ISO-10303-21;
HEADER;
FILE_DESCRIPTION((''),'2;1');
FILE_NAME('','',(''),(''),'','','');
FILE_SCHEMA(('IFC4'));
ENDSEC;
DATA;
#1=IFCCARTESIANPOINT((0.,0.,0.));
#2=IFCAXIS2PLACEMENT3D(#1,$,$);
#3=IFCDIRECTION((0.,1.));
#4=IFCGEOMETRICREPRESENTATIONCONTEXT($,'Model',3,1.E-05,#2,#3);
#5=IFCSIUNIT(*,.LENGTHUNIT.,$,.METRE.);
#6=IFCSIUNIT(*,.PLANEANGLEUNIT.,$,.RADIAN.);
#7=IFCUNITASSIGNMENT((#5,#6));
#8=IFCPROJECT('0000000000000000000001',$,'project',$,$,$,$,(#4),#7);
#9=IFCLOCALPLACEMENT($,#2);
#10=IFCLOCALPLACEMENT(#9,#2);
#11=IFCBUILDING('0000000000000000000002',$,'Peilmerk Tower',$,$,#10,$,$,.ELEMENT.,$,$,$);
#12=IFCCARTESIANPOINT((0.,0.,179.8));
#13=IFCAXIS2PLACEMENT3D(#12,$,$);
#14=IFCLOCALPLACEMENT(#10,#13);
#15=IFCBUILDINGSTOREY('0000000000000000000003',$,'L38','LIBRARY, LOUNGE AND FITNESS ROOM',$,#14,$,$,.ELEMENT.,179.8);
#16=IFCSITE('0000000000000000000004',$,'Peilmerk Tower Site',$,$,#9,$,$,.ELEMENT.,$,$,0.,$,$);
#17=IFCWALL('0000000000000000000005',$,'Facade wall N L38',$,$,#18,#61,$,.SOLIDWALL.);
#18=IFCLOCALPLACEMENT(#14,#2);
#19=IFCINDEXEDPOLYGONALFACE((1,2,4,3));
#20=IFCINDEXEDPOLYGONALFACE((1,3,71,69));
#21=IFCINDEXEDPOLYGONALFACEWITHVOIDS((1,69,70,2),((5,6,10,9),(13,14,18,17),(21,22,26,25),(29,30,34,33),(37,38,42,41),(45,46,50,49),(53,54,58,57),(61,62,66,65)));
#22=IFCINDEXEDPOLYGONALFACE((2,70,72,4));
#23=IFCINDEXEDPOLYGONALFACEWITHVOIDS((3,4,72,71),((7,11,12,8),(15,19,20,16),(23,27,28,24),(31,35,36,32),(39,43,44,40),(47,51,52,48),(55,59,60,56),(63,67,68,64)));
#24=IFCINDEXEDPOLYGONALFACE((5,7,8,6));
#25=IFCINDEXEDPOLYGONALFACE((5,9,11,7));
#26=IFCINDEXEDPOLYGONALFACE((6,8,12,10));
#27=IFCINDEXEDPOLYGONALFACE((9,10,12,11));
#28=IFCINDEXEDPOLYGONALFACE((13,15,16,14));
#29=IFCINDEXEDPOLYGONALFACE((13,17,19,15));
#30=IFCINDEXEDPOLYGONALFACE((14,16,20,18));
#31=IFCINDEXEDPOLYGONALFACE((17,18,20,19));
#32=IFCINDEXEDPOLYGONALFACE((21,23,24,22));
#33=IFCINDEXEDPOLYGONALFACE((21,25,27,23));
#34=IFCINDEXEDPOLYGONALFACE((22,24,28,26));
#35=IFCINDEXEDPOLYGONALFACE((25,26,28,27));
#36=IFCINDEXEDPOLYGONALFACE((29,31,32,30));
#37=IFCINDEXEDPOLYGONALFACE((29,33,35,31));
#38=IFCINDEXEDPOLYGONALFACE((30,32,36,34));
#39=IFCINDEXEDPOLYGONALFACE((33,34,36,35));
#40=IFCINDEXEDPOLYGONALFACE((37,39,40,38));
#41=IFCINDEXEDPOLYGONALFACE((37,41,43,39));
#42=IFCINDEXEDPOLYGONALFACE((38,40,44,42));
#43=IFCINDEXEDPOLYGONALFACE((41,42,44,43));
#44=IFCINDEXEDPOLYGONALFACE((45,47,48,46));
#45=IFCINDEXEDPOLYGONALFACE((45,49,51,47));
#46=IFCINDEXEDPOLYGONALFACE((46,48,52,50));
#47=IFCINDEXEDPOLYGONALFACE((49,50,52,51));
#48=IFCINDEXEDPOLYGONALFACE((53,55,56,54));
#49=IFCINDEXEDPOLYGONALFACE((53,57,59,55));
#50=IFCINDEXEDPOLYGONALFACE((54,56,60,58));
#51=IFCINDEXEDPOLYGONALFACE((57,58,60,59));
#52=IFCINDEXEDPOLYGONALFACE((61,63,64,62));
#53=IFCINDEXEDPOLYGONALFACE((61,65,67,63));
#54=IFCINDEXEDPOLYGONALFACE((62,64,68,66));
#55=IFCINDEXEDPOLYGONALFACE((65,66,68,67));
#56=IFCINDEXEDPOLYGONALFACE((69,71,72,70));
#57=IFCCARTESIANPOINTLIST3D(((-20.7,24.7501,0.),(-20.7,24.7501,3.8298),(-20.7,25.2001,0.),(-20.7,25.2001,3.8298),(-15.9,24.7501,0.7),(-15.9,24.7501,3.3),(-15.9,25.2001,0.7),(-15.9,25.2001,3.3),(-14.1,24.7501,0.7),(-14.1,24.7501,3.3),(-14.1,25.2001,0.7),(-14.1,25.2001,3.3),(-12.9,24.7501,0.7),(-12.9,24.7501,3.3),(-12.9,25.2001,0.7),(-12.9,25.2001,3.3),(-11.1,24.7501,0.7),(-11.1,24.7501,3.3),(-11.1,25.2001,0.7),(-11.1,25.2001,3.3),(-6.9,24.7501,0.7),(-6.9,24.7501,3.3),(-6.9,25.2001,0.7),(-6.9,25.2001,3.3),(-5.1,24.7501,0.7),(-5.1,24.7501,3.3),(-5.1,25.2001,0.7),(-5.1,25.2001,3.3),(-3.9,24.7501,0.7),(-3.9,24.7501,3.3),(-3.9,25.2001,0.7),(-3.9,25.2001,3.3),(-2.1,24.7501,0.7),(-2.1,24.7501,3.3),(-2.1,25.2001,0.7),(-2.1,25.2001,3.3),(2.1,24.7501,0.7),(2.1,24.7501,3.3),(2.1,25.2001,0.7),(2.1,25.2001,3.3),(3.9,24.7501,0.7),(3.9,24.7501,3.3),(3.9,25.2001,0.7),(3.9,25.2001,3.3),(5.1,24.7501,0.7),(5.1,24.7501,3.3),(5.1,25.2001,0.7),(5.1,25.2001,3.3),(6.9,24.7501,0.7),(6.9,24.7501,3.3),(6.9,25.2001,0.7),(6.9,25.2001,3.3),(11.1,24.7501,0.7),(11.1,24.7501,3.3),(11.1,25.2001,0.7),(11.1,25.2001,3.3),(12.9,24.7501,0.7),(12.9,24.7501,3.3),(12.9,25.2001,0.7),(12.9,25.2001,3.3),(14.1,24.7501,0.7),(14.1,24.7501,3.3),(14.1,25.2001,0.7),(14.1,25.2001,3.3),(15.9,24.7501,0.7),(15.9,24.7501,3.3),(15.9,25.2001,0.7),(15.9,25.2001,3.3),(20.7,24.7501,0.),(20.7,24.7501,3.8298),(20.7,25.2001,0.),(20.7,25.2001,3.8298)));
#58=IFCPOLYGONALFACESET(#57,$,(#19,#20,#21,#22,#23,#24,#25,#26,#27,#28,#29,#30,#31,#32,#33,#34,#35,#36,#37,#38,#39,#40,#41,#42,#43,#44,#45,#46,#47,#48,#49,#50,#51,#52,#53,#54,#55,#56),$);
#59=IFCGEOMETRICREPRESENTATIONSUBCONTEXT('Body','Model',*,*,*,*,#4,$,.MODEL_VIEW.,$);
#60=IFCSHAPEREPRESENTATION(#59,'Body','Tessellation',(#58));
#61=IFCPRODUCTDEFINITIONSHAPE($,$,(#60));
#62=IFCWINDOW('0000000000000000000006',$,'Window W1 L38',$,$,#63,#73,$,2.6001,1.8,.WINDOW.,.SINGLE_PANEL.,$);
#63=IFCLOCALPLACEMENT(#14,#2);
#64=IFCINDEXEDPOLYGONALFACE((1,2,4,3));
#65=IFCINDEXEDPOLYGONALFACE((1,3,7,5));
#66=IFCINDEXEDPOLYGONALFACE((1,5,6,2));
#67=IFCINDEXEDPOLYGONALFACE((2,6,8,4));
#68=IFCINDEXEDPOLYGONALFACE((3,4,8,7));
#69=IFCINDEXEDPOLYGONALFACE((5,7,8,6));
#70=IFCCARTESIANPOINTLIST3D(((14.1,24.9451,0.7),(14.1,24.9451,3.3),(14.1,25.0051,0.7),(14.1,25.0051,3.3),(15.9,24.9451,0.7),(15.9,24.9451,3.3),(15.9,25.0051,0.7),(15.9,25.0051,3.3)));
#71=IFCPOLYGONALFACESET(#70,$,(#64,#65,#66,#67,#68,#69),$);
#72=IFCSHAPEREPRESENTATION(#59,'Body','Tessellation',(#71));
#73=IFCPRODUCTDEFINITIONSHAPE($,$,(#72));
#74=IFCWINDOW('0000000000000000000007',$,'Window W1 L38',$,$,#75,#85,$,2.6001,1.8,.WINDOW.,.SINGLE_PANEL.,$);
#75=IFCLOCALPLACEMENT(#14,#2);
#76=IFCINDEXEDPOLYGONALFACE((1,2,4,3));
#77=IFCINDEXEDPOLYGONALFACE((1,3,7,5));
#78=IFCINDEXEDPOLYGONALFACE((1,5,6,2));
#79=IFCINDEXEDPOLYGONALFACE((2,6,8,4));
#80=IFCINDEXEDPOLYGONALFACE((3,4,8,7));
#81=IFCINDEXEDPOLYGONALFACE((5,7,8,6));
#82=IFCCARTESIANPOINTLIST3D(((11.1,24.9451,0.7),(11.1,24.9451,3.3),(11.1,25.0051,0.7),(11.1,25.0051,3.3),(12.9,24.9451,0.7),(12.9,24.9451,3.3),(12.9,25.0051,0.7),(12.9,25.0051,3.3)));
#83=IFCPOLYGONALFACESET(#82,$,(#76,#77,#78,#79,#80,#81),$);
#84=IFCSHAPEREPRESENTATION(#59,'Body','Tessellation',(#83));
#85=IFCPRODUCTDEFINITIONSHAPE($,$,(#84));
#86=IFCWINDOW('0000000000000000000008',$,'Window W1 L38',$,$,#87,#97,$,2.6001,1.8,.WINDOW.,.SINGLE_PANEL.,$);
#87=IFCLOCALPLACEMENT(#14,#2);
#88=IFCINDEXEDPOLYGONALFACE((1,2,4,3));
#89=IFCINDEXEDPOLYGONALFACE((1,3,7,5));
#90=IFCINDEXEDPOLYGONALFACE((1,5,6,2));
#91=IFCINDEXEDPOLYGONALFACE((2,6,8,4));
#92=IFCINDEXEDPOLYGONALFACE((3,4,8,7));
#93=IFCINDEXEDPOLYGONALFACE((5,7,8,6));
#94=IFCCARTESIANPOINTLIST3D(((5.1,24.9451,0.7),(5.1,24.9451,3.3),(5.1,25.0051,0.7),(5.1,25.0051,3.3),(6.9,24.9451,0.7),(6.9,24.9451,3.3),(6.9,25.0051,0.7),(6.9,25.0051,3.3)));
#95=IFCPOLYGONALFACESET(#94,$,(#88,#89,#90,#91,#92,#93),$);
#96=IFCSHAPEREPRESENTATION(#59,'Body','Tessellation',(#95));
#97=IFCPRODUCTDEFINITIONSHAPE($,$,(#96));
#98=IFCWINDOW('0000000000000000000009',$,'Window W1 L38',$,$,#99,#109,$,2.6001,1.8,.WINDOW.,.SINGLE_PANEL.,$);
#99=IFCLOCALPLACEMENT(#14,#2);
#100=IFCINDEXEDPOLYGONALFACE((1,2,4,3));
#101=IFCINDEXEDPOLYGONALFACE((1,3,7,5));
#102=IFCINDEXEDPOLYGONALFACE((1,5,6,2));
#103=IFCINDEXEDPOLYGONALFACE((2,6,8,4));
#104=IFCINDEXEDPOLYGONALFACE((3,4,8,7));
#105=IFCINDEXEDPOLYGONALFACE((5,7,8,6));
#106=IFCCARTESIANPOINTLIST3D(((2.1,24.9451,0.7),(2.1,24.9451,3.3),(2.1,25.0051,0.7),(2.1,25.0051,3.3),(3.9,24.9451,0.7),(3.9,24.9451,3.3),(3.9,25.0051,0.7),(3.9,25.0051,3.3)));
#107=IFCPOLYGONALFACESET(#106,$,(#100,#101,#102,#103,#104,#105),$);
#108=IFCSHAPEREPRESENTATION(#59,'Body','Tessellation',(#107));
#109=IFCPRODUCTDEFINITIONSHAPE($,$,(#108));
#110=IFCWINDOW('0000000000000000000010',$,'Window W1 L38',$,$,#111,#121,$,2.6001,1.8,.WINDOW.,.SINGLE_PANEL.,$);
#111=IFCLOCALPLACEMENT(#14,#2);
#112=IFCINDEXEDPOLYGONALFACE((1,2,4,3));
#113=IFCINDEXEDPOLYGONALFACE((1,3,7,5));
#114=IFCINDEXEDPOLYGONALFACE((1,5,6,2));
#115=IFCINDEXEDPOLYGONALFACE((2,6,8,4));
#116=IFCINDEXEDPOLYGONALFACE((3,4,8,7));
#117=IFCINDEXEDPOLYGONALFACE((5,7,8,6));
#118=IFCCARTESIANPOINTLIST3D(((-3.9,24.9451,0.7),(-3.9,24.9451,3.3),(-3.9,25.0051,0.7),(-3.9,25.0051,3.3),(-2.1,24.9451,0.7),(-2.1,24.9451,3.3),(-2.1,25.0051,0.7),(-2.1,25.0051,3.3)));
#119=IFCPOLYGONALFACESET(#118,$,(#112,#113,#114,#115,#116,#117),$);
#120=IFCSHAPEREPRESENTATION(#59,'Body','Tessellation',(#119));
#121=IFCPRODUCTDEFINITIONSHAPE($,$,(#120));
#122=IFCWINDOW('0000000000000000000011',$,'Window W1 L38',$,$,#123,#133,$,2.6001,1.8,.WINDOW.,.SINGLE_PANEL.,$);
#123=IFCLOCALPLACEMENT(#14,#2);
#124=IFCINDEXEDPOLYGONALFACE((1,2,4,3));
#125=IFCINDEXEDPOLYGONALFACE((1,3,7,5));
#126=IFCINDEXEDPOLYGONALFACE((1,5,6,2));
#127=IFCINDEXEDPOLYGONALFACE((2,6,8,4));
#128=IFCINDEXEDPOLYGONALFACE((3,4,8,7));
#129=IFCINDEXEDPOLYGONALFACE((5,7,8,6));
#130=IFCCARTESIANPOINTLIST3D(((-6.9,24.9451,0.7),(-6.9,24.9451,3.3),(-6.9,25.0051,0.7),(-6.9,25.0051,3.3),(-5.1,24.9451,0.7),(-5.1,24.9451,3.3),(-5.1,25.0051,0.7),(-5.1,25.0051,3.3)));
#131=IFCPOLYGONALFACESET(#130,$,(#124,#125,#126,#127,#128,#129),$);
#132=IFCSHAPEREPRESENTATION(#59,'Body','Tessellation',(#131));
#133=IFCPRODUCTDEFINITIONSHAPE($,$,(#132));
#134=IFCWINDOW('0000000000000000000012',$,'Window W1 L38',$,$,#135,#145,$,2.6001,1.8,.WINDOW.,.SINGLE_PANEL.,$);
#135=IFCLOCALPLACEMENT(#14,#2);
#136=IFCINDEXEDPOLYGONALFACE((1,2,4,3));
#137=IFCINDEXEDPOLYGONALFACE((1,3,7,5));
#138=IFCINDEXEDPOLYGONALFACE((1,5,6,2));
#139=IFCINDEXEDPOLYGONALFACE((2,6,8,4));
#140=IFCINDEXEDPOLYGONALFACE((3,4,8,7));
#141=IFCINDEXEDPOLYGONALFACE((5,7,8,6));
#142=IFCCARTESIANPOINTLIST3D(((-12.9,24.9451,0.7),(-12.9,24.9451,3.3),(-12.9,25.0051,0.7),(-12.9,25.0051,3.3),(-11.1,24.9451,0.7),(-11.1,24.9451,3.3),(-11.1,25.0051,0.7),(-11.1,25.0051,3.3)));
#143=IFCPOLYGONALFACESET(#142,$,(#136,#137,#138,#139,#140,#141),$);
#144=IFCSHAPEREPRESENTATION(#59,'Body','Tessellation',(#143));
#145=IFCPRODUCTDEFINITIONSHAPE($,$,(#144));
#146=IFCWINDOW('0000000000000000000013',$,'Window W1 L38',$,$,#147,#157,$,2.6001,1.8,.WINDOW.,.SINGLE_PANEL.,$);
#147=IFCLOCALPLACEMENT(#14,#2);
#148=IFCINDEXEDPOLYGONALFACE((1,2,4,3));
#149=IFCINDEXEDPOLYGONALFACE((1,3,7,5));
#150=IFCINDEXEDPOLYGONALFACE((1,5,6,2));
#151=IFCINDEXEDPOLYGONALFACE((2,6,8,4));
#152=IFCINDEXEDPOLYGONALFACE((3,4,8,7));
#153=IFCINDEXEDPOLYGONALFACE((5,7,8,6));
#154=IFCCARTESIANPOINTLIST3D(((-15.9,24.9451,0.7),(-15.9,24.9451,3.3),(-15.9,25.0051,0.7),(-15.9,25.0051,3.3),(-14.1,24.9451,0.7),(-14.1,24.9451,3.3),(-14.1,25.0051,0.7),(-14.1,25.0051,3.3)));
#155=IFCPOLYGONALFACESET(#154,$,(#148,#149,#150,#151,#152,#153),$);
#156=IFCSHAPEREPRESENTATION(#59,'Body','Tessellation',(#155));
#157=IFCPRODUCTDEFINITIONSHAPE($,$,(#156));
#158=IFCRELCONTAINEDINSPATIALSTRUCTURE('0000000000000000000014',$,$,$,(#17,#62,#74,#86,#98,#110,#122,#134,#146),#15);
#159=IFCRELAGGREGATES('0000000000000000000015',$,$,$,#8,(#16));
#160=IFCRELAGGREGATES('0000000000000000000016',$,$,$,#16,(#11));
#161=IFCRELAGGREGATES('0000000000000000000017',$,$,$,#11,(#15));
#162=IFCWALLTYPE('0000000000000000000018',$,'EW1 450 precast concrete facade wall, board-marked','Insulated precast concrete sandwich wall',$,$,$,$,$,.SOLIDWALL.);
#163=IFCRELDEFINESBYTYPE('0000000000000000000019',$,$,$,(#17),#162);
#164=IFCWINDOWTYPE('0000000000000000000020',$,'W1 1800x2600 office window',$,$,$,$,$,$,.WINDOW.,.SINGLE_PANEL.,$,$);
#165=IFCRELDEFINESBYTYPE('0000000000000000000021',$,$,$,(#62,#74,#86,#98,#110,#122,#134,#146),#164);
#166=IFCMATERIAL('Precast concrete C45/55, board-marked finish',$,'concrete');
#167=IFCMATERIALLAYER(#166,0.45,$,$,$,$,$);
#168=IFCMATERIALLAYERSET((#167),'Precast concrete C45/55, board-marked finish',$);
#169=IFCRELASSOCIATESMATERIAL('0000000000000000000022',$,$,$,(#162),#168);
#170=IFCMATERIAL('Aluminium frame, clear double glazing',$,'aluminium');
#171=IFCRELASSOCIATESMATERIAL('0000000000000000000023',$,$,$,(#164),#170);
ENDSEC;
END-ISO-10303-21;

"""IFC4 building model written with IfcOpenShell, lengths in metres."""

from ifc_helpers import new_model, si_unit, direction, frame, frame_2d, origin, place, context, subcontext, project, spatial, rectangle, extrude, material, layer, layer_set, type_object, element, fill, save


model = new_model("IFC4")

# Units and contexts
model_context = context("Model", 3, precision=1e-05, world=origin(), true_north=direction((0.0, 1.0)))
body_context = subcontext(model_context, "Body", "Model", "MODEL_VIEW")
ifc_project = project(units=[si_unit("LENGTHUNIT", "METRE"), si_unit("PLANEANGLEUNIT", "RADIAN")], contexts=[model_context])

# Site, building, storey
site_placement = place(None, origin())
site = spatial("IfcSite", under=ifc_project, at=site_placement, Name="Peilmerk Tower Site", CompositionType="ELEMENT", RefElevation=0.0)
building_placement = place(site_placement, origin())
building = spatial("IfcBuilding", under=site, at=building_placement, Name="Peilmerk Tower", CompositionType="ELEMENT")
storey_placement = place(building_placement, frame((0.0, 0.0, 179.8)))
storey = spatial("IfcBuildingStorey", under=building, at=storey_placement, Name="L38", Description="LIBRARY, LOUNGE AND FITNESS ROOM", CompositionType="ELEMENT", Elevation=179.8)

# Wall, openings, windows
ifc_material_1 = material(Name="Precast concrete C45/55, board-marked finish", Category="concrete")
ifc_layer_1 = layer(ifc_material_1, 0.45)
ifc_layer_set_1 = layer_set([ifc_layer_1], Name="Precast concrete C45/55, board-marked finish")
wall_type = type_object("IfcWallType", Name="EW1 450 precast concrete facade wall, board-marked", Description="Insulated precast concrete sandwich wall", PredefinedType="SOLIDWALL", material=ifc_layer_set_1)
wall_placement = place(storey_placement, frame((20.7, 24.9751, 0.0), z_axis=(0.0, 0.0, 1.0), x_axis=(-1.0, 0.0, 0.0)))
wall = element("IfcWall", 1, at=wall_placement, inside=storey, type_object=wall_type, Name="Facade wall N L38", PredefinedType="SOLIDWALL", context=body_context, shape_type="SweptSolid", body=[
    extrude(rectangle(XDim=41.3999, YDim=0.45, at=frame_2d((20.7, 0.0))), origin(), (0.0, 0.0, 1.0), 3.8298),
])
opening_1_placement = place(wall_placement, frame((4.8, 0.0, 0.7)))
opening_1 = element("IfcOpeningElement", 2, at=opening_1_placement, cuts=wall, PredefinedType="OPENING", context=body_context, shape_type="SweptSolid", body=[
    extrude(rectangle(XDim=1.8, YDim=2.6001, at=frame_2d((0.8999, 1.3))), frame((0.0, 0.2349, 0.0), z_axis=(0.0, -1.0, 0.0), x_axis=(1.0, 0.0, 0.0)), (0.0, 0.0, 1.0), 0.47),
])
opening_2_placement = place(wall_placement, frame((7.8, 0.0, 0.7)))
opening_2 = element("IfcOpeningElement", 3, at=opening_2_placement, cuts=wall, PredefinedType="OPENING", context=body_context, shape_type="SweptSolid", body=[
    extrude(rectangle(XDim=1.8, YDim=2.6001, at=frame_2d((0.8999, 1.3))), frame((0.0, 0.2349, 0.0), z_axis=(0.0, -1.0, 0.0), x_axis=(1.0, 0.0, 0.0)), (0.0, 0.0, 1.0), 0.47),
])
opening_3_placement = place(wall_placement, frame((13.8, 0.0, 0.7)))
opening_3 = element("IfcOpeningElement", 4, at=opening_3_placement, cuts=wall, PredefinedType="OPENING", context=body_context, shape_type="SweptSolid", body=[
    extrude(rectangle(XDim=1.8, YDim=2.6001, at=frame_2d((0.8999, 1.3))), frame((0.0, 0.2349, 0.0), z_axis=(0.0, -1.0, 0.0), x_axis=(1.0, 0.0, 0.0)), (0.0, 0.0, 1.0), 0.47),
])
opening_4_placement = place(wall_placement, frame((16.8, 0.0, 0.7)))
opening_4 = element("IfcOpeningElement", 5, at=opening_4_placement, cuts=wall, PredefinedType="OPENING", context=body_context, shape_type="SweptSolid", body=[
    extrude(rectangle(XDim=1.8, YDim=2.6001, at=frame_2d((0.8999, 1.3))), frame((0.0, 0.2349, 0.0), z_axis=(0.0, -1.0, 0.0), x_axis=(1.0, 0.0, 0.0)), (0.0, 0.0, 1.0), 0.47),
])
opening_5_placement = place(wall_placement, frame((22.8, 0.0, 0.7)))
opening_5 = element("IfcOpeningElement", 6, at=opening_5_placement, cuts=wall, PredefinedType="OPENING", context=body_context, shape_type="SweptSolid", body=[
    extrude(rectangle(XDim=1.8, YDim=2.6001, at=frame_2d((0.8999, 1.3))), frame((0.0, 0.2349, 0.0), z_axis=(0.0, -1.0, 0.0), x_axis=(1.0, 0.0, 0.0)), (0.0, 0.0, 1.0), 0.47),
])
opening_6_placement = place(wall_placement, frame((25.8, 0.0, 0.7)))
opening_6 = element("IfcOpeningElement", 7, at=opening_6_placement, cuts=wall, PredefinedType="OPENING", context=body_context, shape_type="SweptSolid", body=[
    extrude(rectangle(XDim=1.8, YDim=2.6001, at=frame_2d((0.8999, 1.3))), frame((0.0, 0.2349, 0.0), z_axis=(0.0, -1.0, 0.0), x_axis=(1.0, 0.0, 0.0)), (0.0, 0.0, 1.0), 0.47),
])
opening_7_placement = place(wall_placement, frame((31.8, 0.0, 0.7)))
opening_7 = element("IfcOpeningElement", 8, at=opening_7_placement, cuts=wall, PredefinedType="OPENING", context=body_context, shape_type="SweptSolid", body=[
    extrude(rectangle(XDim=1.8, YDim=2.6001, at=frame_2d((0.8999, 1.3))), frame((0.0, 0.2349, 0.0), z_axis=(0.0, -1.0, 0.0), x_axis=(1.0, 0.0, 0.0)), (0.0, 0.0, 1.0), 0.47),
])
opening_8_placement = place(wall_placement, frame((34.8, 0.0, 0.7)))
opening_8 = element("IfcOpeningElement", 9, at=opening_8_placement, cuts=wall, PredefinedType="OPENING", context=body_context, shape_type="SweptSolid", body=[
    extrude(rectangle(XDim=1.8, YDim=2.6001, at=frame_2d((0.8999, 1.3))), frame((0.0, 0.2349, 0.0), z_axis=(0.0, -1.0, 0.0), x_axis=(1.0, 0.0, 0.0)), (0.0, 0.0, 1.0), 0.47),
])
ifc_material_2 = material(Name="Aluminium frame, clear double glazing", Category="aluminium")
window_type = type_object("IfcWindowType", Name="W1 1800x2600 office window", PartitioningType="SINGLE_PANEL", PredefinedType="WINDOW", material=ifc_material_2)
window_1_placement = place(opening_1_placement, origin())
window_1 = element("IfcWindow", 10, at=window_1_placement, inside=storey, type_object=window_type, Name="Window W1 L38", OverallHeight=2.6001, OverallWidth=1.8, PartitioningType="SINGLE_PANEL", PredefinedType="WINDOW", context=body_context, shape_type="SweptSolid", body=[
    extrude(rectangle(XDim=1.8, YDim=2.6001, at=frame_2d((0.8999, 1.3))), frame((0.0, 0.03, 0.0), z_axis=(0.0, -1.0, 0.0), x_axis=(1.0, 0.0, 0.0)), (0.0, 0.0, 1.0), 0.0601),
])
fill(opening_1, window_1)
window_2_placement = place(opening_2_placement, origin())
window_2 = element("IfcWindow", 11, at=window_2_placement, inside=storey, type_object=window_type, Name="Window W1 L38", OverallHeight=2.6001, OverallWidth=1.8, PartitioningType="SINGLE_PANEL", PredefinedType="WINDOW", context=body_context, shape_type="SweptSolid", body=[
    extrude(rectangle(XDim=1.8, YDim=2.6001, at=frame_2d((0.8999, 1.3))), frame((0.0, 0.03, 0.0), z_axis=(0.0, -1.0, 0.0), x_axis=(1.0, 0.0, 0.0)), (0.0, 0.0, 1.0), 0.0601),
])
fill(opening_2, window_2)
window_3_placement = place(opening_3_placement, origin())
window_3 = element("IfcWindow", 12, at=window_3_placement, inside=storey, type_object=window_type, Name="Window W1 L38", OverallHeight=2.6001, OverallWidth=1.8, PartitioningType="SINGLE_PANEL", PredefinedType="WINDOW", context=body_context, shape_type="SweptSolid", body=[
    extrude(rectangle(XDim=1.8, YDim=2.6001, at=frame_2d((0.8999, 1.3))), frame((0.0, 0.03, 0.0), z_axis=(0.0, -1.0, 0.0), x_axis=(1.0, 0.0, 0.0)), (0.0, 0.0, 1.0), 0.0601),
])
fill(opening_3, window_3)
window_4_placement = place(opening_4_placement, origin())
window_4 = element("IfcWindow", 13, at=window_4_placement, inside=storey, type_object=window_type, Name="Window W1 L38", OverallHeight=2.6001, OverallWidth=1.8, PartitioningType="SINGLE_PANEL", PredefinedType="WINDOW", context=body_context, shape_type="SweptSolid", body=[
    extrude(rectangle(XDim=1.8, YDim=2.6001, at=frame_2d((0.8999, 1.3))), frame((0.0, 0.03, 0.0), z_axis=(0.0, -1.0, 0.0), x_axis=(1.0, 0.0, 0.0)), (0.0, 0.0, 1.0), 0.0601),
])
fill(opening_4, window_4)
window_5_placement = place(opening_5_placement, origin())
window_5 = element("IfcWindow", 14, at=window_5_placement, inside=storey, type_object=window_type, Name="Window W1 L38", OverallHeight=2.6001, OverallWidth=1.8, PartitioningType="SINGLE_PANEL", PredefinedType="WINDOW", context=body_context, shape_type="SweptSolid", body=[
    extrude(rectangle(XDim=1.8, YDim=2.6001, at=frame_2d((0.8999, 1.3))), frame((0.0, 0.03, 0.0), z_axis=(0.0, -1.0, 0.0), x_axis=(1.0, 0.0, 0.0)), (0.0, 0.0, 1.0), 0.0601),
])
fill(opening_5, window_5)
window_6_placement = place(opening_6_placement, origin())
window_6 = element("IfcWindow", 15, at=window_6_placement, inside=storey, type_object=window_type, Name="Window W1 L38", OverallHeight=2.6001, OverallWidth=1.8, PartitioningType="SINGLE_PANEL", PredefinedType="WINDOW", context=body_context, shape_type="SweptSolid", body=[
    extrude(rectangle(XDim=1.8, YDim=2.6001, at=frame_2d((0.8999, 1.3))), frame((0.0, 0.03, 0.0), z_axis=(0.0, -1.0, 0.0), x_axis=(1.0, 0.0, 0.0)), (0.0, 0.0, 1.0), 0.0601),
])
fill(opening_6, window_6)
window_7_placement = place(opening_7_placement, origin())
window_7 = element("IfcWindow", 16, at=window_7_placement, inside=storey, type_object=window_type, Name="Window W1 L38", OverallHeight=2.6001, OverallWidth=1.8, PartitioningType="SINGLE_PANEL", PredefinedType="WINDOW", context=body_context, shape_type="SweptSolid", body=[
    extrude(rectangle(XDim=1.8, YDim=2.6001, at=frame_2d((0.8999, 1.3))), frame((0.0, 0.03, 0.0), z_axis=(0.0, -1.0, 0.0), x_axis=(1.0, 0.0, 0.0)), (0.0, 0.0, 1.0), 0.0601),
])
fill(opening_7, window_7)
window_8_placement = place(opening_8_placement, origin())
window_8 = element("IfcWindow", 17, at=window_8_placement, inside=storey, type_object=window_type, Name="Window W1 L38", OverallHeight=2.6001, OverallWidth=1.8, PartitioningType="SINGLE_PANEL", PredefinedType="WINDOW", context=body_context, shape_type="SweptSolid", body=[
    extrude(rectangle(XDim=1.8, YDim=2.6001, at=frame_2d((0.8999, 1.3))), frame((0.0, 0.03, 0.0), z_axis=(0.0, -1.0, 0.0), x_axis=(1.0, 0.0, 0.0)), (0.0, 0.0, 1.0), 0.0601),
])
fill(opening_8, window_8)

save(model, "model.ifc")
